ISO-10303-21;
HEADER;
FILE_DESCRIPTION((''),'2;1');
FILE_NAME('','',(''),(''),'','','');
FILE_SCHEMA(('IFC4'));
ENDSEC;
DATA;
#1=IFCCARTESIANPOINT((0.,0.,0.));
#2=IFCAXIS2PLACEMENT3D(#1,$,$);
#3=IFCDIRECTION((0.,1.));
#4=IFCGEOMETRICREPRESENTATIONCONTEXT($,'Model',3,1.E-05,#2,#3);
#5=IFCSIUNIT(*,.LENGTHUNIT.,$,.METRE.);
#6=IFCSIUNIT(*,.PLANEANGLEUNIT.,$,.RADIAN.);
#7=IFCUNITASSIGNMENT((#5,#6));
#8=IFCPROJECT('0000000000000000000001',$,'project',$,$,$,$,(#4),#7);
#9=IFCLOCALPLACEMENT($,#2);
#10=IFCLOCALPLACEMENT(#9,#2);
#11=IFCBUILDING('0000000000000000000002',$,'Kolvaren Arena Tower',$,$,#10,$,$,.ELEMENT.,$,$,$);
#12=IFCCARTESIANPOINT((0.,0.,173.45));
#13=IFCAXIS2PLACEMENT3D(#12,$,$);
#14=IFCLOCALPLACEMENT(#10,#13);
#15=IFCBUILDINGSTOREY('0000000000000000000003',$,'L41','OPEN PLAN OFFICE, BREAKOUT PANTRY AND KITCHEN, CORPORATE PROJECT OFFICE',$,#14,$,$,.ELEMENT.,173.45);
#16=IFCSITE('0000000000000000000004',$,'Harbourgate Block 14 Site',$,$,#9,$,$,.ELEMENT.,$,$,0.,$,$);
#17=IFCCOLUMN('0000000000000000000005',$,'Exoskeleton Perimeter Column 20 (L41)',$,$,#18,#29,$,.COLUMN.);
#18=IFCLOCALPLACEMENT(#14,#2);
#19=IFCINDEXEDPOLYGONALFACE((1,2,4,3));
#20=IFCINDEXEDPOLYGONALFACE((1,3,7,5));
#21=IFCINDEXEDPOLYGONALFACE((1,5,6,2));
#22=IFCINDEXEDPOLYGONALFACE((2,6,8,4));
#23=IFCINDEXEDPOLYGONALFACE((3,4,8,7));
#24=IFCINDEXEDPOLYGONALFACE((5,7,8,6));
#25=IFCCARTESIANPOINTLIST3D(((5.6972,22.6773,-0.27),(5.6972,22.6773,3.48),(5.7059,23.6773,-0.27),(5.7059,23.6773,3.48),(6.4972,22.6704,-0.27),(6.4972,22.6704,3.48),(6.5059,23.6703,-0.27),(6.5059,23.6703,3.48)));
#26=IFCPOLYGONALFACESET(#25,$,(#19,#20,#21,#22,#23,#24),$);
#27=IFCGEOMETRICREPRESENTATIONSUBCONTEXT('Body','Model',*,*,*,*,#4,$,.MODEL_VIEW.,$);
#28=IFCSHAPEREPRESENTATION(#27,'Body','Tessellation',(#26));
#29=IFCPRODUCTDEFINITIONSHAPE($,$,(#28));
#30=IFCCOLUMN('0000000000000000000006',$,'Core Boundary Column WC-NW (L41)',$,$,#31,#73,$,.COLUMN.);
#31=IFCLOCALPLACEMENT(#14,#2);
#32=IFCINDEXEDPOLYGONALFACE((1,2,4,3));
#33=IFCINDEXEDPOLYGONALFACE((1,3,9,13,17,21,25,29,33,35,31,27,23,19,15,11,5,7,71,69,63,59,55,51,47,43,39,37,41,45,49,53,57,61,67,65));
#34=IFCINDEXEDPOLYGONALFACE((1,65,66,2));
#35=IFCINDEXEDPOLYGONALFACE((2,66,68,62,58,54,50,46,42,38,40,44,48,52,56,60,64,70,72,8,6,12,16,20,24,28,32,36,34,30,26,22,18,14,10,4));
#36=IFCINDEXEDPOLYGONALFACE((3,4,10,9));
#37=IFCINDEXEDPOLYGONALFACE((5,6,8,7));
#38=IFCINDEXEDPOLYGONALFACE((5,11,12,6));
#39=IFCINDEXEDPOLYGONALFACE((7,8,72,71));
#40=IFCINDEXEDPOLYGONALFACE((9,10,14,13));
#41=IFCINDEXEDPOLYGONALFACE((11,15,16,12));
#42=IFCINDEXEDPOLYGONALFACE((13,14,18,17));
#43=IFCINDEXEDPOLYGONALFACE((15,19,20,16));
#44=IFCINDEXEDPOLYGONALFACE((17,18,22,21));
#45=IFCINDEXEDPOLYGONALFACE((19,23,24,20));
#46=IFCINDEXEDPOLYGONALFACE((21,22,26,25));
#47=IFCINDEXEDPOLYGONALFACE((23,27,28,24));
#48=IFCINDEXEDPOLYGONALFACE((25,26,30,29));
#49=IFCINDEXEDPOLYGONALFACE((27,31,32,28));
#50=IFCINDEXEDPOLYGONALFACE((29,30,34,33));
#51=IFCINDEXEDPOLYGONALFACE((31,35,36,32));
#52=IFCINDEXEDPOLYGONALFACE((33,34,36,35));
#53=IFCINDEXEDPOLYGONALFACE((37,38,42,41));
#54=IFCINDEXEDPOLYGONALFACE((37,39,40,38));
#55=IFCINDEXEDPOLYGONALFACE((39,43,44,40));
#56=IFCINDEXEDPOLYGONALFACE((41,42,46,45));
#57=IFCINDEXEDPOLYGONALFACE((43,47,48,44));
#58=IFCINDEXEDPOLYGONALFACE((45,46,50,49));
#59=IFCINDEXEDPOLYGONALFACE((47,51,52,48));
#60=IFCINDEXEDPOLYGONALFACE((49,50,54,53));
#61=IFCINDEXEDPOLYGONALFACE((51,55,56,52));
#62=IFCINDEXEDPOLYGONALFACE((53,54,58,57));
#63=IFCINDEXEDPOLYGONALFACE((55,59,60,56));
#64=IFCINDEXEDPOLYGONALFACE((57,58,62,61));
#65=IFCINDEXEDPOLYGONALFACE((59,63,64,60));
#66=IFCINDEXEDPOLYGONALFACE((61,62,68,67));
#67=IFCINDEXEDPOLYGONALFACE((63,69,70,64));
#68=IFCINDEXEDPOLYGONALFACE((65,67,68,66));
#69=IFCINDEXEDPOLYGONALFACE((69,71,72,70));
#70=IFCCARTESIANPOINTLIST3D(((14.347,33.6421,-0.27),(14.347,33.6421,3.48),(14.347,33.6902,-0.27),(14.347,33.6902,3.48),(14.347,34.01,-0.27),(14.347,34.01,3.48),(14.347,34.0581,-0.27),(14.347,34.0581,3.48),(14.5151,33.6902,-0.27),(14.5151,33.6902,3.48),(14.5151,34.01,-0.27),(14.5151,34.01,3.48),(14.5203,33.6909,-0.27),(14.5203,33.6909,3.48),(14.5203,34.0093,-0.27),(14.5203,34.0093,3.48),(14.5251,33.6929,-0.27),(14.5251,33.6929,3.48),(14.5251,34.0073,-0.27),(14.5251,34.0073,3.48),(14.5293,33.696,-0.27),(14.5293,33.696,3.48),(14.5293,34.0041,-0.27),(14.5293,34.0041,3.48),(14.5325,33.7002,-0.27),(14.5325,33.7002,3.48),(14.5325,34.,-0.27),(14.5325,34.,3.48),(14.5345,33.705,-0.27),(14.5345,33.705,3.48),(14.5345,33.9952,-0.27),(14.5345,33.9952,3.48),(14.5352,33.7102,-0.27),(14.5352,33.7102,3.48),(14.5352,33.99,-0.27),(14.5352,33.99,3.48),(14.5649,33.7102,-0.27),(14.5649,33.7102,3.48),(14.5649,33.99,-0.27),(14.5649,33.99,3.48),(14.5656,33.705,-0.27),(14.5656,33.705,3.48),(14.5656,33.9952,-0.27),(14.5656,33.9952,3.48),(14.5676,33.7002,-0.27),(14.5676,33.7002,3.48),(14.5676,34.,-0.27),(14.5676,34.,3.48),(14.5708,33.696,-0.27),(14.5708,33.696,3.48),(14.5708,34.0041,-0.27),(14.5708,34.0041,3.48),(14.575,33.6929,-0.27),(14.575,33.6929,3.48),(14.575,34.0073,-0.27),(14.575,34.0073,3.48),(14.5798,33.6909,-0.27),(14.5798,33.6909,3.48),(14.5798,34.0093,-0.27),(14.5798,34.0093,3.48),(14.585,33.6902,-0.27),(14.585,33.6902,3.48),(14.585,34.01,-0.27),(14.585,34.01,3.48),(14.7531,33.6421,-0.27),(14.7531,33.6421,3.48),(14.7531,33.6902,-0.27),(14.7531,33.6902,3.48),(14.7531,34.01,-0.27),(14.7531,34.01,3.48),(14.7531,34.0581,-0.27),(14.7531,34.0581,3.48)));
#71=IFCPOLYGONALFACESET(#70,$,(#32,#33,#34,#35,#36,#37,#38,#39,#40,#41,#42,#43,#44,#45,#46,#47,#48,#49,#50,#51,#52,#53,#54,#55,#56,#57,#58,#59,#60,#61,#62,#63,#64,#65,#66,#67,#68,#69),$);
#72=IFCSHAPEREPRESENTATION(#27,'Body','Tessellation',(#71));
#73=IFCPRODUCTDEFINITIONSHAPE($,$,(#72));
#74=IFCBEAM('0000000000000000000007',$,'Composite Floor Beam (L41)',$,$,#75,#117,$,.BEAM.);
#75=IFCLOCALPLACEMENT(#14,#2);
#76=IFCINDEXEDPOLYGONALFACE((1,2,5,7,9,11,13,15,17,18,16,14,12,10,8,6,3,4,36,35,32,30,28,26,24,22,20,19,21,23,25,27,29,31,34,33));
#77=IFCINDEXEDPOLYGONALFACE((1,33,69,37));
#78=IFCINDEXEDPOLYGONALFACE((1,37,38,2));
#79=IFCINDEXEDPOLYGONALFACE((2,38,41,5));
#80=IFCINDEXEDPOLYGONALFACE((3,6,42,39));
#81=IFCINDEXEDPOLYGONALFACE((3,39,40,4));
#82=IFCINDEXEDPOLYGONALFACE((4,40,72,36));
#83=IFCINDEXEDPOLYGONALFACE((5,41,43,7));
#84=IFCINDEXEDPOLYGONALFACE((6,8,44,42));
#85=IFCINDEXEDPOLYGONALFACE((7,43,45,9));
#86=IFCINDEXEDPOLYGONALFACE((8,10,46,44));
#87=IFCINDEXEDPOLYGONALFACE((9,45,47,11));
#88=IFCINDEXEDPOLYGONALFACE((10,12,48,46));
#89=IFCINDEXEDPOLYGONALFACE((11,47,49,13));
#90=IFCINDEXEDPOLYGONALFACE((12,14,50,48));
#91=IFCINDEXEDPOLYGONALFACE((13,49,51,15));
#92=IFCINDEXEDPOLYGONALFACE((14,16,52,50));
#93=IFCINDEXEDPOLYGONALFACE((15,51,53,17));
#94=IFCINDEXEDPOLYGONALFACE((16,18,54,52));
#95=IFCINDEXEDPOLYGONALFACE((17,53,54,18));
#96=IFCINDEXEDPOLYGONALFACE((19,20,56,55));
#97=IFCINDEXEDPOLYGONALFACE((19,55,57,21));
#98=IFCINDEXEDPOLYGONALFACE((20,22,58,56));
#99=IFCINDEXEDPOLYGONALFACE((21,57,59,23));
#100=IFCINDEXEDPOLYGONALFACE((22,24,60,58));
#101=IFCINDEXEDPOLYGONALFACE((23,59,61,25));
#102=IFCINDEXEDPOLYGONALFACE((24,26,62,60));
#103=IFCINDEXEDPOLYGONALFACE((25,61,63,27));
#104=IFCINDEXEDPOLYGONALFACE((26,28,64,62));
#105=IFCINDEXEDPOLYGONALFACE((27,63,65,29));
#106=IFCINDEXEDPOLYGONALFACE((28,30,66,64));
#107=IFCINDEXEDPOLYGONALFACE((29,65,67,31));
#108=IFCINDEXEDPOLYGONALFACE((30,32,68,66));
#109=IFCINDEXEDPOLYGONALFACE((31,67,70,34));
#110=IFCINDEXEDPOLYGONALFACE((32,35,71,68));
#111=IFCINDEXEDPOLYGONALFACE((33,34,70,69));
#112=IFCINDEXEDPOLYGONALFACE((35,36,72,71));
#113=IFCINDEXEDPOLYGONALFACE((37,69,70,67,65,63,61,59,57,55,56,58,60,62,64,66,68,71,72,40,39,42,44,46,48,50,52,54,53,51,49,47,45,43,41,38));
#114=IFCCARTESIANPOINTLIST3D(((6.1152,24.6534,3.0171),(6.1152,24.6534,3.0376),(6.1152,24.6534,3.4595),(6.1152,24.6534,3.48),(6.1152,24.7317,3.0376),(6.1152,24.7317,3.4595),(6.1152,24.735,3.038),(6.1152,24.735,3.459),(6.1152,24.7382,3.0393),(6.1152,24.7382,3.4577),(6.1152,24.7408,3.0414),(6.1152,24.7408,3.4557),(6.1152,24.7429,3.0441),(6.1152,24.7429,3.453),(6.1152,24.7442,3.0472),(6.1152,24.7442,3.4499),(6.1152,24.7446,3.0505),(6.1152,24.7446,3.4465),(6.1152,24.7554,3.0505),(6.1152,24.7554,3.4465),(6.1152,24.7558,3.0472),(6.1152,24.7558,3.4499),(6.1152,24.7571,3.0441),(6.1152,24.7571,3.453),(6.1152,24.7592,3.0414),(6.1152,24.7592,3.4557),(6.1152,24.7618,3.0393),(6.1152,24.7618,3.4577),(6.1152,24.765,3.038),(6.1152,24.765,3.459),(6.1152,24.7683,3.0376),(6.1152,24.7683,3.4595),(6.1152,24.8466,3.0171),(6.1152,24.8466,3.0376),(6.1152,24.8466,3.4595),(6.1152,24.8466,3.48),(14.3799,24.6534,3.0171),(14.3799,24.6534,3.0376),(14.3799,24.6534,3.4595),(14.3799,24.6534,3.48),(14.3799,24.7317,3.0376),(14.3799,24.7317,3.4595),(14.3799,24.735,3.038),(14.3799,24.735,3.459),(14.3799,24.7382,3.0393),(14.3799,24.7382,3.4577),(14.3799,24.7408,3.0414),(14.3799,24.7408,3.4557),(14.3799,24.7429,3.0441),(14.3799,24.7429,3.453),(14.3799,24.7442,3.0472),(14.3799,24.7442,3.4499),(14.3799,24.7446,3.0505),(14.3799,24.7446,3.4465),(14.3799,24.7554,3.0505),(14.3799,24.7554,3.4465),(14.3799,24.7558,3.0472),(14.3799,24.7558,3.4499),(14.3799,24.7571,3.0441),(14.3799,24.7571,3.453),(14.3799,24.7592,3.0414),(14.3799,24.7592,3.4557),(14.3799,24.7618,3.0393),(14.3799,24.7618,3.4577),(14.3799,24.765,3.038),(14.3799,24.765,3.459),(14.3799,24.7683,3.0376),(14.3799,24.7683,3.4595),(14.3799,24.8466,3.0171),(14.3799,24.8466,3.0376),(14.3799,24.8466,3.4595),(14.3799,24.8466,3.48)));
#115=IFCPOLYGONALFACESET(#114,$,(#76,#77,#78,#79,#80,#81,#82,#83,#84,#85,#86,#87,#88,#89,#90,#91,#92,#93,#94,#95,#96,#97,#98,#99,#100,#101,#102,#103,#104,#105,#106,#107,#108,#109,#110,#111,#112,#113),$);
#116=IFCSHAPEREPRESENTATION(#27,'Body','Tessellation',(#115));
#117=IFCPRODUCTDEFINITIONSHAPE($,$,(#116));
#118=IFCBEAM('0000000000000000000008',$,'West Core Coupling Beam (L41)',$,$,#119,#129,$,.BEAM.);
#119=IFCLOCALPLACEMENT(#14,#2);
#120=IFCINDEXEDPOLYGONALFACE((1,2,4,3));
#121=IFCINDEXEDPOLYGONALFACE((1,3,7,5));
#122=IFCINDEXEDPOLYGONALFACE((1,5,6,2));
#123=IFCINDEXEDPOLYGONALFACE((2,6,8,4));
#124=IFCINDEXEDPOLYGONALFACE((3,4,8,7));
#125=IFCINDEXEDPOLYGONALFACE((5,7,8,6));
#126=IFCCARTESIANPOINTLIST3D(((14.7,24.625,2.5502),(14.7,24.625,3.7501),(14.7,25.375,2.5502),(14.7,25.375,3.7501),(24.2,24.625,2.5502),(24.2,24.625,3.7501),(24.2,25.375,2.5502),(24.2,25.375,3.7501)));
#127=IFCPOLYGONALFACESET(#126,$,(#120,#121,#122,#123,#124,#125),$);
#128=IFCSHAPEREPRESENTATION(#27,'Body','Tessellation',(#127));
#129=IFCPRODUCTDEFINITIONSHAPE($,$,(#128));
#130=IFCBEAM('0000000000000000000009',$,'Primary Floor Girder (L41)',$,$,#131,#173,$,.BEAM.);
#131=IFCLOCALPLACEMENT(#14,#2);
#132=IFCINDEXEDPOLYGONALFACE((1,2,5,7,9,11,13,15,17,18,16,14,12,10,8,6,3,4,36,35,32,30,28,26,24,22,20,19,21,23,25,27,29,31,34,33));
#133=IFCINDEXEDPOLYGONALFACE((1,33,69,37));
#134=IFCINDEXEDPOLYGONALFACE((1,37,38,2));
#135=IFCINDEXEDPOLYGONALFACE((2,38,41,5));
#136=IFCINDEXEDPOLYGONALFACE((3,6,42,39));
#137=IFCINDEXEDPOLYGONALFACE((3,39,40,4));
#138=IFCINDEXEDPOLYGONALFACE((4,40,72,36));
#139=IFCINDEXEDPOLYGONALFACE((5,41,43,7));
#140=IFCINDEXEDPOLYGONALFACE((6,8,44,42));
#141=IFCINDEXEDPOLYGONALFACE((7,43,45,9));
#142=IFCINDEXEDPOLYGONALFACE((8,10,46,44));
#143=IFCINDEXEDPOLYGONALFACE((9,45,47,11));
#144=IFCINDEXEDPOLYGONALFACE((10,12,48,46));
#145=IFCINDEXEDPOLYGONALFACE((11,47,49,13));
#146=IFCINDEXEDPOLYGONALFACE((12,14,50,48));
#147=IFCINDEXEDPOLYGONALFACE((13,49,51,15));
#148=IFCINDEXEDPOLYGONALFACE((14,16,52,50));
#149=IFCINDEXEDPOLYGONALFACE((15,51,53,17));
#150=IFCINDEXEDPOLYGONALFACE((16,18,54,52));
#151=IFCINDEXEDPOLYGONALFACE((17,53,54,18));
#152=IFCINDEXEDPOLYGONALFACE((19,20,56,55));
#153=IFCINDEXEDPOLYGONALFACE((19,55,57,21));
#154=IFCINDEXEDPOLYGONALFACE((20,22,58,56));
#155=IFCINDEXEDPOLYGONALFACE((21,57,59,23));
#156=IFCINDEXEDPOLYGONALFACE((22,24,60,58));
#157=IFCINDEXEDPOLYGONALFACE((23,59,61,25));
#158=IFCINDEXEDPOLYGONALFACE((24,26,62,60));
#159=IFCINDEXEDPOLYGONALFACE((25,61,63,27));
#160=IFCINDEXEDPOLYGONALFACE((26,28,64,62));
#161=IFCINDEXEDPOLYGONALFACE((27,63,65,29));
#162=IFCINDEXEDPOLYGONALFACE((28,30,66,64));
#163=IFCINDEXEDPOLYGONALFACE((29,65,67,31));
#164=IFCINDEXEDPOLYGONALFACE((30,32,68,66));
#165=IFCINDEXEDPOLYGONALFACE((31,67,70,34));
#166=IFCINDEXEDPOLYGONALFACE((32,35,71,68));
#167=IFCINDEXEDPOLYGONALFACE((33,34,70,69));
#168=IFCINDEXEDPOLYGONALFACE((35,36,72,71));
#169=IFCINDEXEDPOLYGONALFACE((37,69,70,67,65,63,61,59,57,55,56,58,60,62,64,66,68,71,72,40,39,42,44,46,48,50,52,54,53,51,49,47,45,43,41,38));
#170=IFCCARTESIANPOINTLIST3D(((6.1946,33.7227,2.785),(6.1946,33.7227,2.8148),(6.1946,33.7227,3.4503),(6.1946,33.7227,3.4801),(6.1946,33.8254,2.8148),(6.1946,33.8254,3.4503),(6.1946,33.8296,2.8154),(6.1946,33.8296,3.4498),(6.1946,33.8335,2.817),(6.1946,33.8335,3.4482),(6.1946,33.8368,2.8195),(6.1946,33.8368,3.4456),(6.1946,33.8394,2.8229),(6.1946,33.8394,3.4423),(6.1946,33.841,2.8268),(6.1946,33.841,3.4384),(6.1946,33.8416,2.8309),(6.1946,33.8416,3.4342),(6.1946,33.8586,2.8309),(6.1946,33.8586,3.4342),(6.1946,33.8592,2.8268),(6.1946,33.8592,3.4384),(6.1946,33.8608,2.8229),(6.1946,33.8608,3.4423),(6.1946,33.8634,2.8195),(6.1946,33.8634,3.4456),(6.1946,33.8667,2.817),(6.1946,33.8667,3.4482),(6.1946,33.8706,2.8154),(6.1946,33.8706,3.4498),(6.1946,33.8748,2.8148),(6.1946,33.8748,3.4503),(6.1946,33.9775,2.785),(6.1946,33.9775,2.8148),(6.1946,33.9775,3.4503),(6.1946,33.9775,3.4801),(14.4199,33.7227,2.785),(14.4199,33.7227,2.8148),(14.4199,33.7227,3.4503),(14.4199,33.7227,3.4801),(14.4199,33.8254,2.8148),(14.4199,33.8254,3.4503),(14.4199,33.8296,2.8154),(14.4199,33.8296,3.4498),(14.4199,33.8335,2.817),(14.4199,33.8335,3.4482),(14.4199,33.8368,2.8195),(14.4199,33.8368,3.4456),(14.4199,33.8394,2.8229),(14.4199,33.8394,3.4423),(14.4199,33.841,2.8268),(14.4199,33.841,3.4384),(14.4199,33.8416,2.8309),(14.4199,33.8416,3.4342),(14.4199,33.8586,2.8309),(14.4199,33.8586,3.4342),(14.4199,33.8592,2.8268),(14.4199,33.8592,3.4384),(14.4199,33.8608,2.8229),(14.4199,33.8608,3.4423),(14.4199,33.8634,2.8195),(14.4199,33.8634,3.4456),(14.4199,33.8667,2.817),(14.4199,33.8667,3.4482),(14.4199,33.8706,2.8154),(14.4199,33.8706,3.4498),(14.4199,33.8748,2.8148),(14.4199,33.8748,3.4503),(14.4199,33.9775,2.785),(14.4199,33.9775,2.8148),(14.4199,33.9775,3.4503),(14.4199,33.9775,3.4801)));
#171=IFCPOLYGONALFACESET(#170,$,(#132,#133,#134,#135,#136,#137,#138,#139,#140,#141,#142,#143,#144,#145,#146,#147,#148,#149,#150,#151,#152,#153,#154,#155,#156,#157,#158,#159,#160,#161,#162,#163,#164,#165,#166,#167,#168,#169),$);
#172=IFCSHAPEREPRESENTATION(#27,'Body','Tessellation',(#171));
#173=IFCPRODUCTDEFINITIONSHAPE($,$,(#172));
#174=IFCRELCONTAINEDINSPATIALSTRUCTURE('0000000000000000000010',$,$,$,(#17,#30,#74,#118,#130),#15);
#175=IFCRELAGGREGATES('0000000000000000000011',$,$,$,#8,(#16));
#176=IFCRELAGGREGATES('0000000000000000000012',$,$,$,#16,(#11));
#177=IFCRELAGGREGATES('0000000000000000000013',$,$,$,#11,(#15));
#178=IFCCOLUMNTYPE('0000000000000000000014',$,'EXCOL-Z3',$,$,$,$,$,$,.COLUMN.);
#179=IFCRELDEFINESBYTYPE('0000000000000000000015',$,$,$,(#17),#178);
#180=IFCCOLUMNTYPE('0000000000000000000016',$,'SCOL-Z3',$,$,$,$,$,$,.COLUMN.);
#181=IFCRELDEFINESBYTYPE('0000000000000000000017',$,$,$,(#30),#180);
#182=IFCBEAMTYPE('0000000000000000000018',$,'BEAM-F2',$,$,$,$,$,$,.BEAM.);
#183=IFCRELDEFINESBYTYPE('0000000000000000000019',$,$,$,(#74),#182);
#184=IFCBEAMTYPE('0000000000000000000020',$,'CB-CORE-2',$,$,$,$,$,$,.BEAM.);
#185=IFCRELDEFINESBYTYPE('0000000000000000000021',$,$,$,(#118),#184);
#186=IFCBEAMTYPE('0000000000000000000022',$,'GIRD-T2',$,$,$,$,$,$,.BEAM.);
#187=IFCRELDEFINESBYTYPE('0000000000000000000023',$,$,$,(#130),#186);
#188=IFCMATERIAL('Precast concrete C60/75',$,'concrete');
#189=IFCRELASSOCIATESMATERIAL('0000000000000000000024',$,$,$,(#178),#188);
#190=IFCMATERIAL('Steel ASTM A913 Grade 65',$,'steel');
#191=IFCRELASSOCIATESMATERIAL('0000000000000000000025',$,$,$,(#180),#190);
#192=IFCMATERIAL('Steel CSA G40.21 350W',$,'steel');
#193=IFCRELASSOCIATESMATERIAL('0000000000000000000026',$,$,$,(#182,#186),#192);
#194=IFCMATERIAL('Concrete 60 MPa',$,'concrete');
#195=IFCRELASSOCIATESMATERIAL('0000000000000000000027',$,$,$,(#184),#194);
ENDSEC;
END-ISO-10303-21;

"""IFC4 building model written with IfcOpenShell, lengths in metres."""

from ifc_helpers import new_model, si_unit, direction, frame, origin, origin_2d, place, context, subcontext, project, spatial, rectangle, i_section, extrude, material, material_profile, profile_set, type_object, element, save


model = new_model("IFC4")

# Units and contexts
model_context = context("Model", 3, precision=1e-05, world=origin(), true_north=direction((0.0, 1.0)))
body_context = subcontext(model_context, "Body", "Model", "MODEL_VIEW")
ifc_project = project(units=[si_unit("LENGTHUNIT", "METRE"), si_unit("PLANEANGLEUNIT", "RADIAN")], contexts=[model_context])

# Site, building, storey
site_placement = place(None, origin())
site = spatial("IfcSite", under=ifc_project, at=site_placement, Name="Harbourgate Block 14 Site", CompositionType="ELEMENT", RefElevation=0.0)
building_placement = place(site_placement, origin())
building = spatial("IfcBuilding", under=site, at=building_placement, Name="Kolvaren Arena Tower", CompositionType="ELEMENT")
storey_placement = place(building_placement, frame((0.0, 0.0, 173.45)))
storey = spatial("IfcBuildingStorey", under=building, at=storey_placement, Name="L41", Description="OPEN PLAN OFFICE, BREAKOUT PANTRY AND KITCHEN, CORPORATE PROJECT OFFICE", CompositionType="ELEMENT", Elevation=173.45)

# Columns
ifc_material_1 = material(Name="Precast concrete C60/75", Category="concrete")
ifc_material_profile_1 = material_profile(ifc_material_1, rectangle(XDim=1.0, YDim=0.8, at=origin_2d()), Name="RC-1000x800")
ifc_profile_set_1 = profile_set([ifc_material_profile_1], Name="Precast concrete C60/75")
column_type_1 = type_object("IfcColumnType", Name="EXCOL-Z3", PredefinedType="COLUMN", material=ifc_profile_set_1)
column_1_placement = place(storey_placement, frame((6.1016, 23.1738, -0.27), z_axis=(0.0, 0.0, 1.0), x_axis=(0.008727, 0.999962, 0.0)))
element("IfcColumn", 1, at=column_1_placement, inside=storey, type_object=column_type_1, Name="Exoskeleton Perimeter Column 20 (L41)", PredefinedType="COLUMN", context=body_context, shape_type="SweptSolid", body=[
    extrude(rectangle(XDim=1.0, YDim=0.8, at=origin_2d()), origin(), (0.0, 0.0, 1.0), 3.75),
])
ifc_material_2 = material(Name="Steel ASTM A913 Grade 65", Category="steel")
ifc_material_profile_2 = material_profile(ifc_material_2, i_section(OverallWidth=0.406, OverallDepth=0.416, WebThickness=0.0298, FlangeThickness=0.0481, FilletRadius=0.02, at=origin_2d()), Name="W360x382")
ifc_profile_set_2 = profile_set([ifc_material_profile_2], Name="Steel ASTM A913 Grade 65")
column_type_2 = type_object("IfcColumnType", Name="SCOL-Z3", PredefinedType="COLUMN", material=ifc_profile_set_2)
column_2_placement = place(storey_placement, frame((14.55, 33.8501, -0.27), z_axis=(0.0, 0.0, 1.0), x_axis=(1.0, 0.0, 0.0)))
element("IfcColumn", 2, at=column_2_placement, inside=storey, type_object=column_type_2, Name="Core Boundary Column WC-NW (L41)", PredefinedType="COLUMN", context=body_context, shape_type="SweptSolid", body=[
    extrude(i_section(OverallWidth=0.406, OverallDepth=0.416, WebThickness=0.0298, FlangeThickness=0.0481, FilletRadius=0.02, at=origin_2d()), origin(), (0.0, 0.0, 1.0), 3.75),
])

# Beams
ifc_material_3 = material(Name="Steel CSA G40.21 350W", Category="steel")
ifc_material_profile_3 = material_profile(ifc_material_3, i_section(OverallWidth=0.1931, OverallDepth=0.4629, WebThickness=0.0107, FlangeThickness=0.0205, FilletRadius=0.0129, at=origin_2d()), Name="W460x113")
ifc_profile_set_3 = profile_set([ifc_material_profile_3], Name="Steel CSA G40.21 350W")
beam_type_1 = type_object("IfcBeamType", Name="BEAM-F2", PredefinedType="BEAM", material=ifc_profile_set_3)
beam_1_placement = place(storey_placement, frame((6.1152, 24.75, 3.2485), z_axis=(1.0, 0.0, 0.0), x_axis=(0.0, 1.0, 0.0)))
element("IfcBeam", 3, at=beam_1_placement, inside=storey, type_object=beam_type_1, Name="Composite Floor Beam (L41)", PredefinedType="BEAM", context=body_context, shape_type="SweptSolid", body=[
    extrude(i_section(OverallWidth=0.1931, OverallDepth=0.4629, WebThickness=0.0107, FlangeThickness=0.0205, FilletRadius=0.0129, at=origin_2d()), origin(), (0.0, 0.0, 1.0), 8.2646),
])
ifc_material_4 = material(Name="Concrete 60 MPa", Category="concrete")
ifc_material_profile_4 = material_profile(ifc_material_4, rectangle(XDim=0.75, YDim=1.2, at=origin_2d()), Name="RC-750x1200")
ifc_profile_set_4 = profile_set([ifc_material_profile_4], Name="Concrete 60 MPa")
beam_type_2 = type_object("IfcBeamType", Name="CB-CORE-2", PredefinedType="BEAM", material=ifc_profile_set_4)
beam_2_placement = place(storey_placement, frame((14.7, 25.0, 3.1501), z_axis=(1.0, 0.0, 0.0), x_axis=(0.0, 1.0, 0.0)))
element("IfcBeam", 4, at=beam_2_placement, inside=storey, type_object=beam_type_2, Name="West Core Coupling Beam (L41)", PredefinedType="BEAM", context=body_context, shape_type="SweptSolid", body=[
    extrude(rectangle(XDim=0.75, YDim=1.2, at=origin_2d()), origin(), (0.0, 0.0, 1.0), 9.5),
])
ifc_material_profile_5 = material_profile(ifc_material_3, i_section(OverallWidth=0.2549, OverallDepth=0.6951, WebThickness=0.0171, FlangeThickness=0.0298, FilletRadius=0.0161, at=origin_2d()), Name="W690x217")
ifc_profile_set_5 = profile_set([ifc_material_profile_5], Name="Steel CSA G40.21 350W")
beam_type_3 = type_object("IfcBeamType", Name="GIRD-T2", PredefinedType="BEAM", material=ifc_profile_set_5)
beam_3_placement = place(storey_placement, frame((6.1946, 33.8501, 3.1326), z_axis=(1.0, 0.0, 0.0), x_axis=(0.0, 1.0, 0.0)))
element("IfcBeam", 5, at=beam_3_placement, inside=storey, type_object=beam_type_3, Name="Primary Floor Girder (L41)", PredefinedType="BEAM", context=body_context, shape_type="SweptSolid", body=[
    extrude(i_section(OverallWidth=0.2549, OverallDepth=0.6951, WebThickness=0.0171, FlangeThickness=0.0298, FilletRadius=0.0161, at=origin_2d()), origin(), (0.0, 0.0, 1.0), 8.2253),
])

save(model, "model.ifc")
